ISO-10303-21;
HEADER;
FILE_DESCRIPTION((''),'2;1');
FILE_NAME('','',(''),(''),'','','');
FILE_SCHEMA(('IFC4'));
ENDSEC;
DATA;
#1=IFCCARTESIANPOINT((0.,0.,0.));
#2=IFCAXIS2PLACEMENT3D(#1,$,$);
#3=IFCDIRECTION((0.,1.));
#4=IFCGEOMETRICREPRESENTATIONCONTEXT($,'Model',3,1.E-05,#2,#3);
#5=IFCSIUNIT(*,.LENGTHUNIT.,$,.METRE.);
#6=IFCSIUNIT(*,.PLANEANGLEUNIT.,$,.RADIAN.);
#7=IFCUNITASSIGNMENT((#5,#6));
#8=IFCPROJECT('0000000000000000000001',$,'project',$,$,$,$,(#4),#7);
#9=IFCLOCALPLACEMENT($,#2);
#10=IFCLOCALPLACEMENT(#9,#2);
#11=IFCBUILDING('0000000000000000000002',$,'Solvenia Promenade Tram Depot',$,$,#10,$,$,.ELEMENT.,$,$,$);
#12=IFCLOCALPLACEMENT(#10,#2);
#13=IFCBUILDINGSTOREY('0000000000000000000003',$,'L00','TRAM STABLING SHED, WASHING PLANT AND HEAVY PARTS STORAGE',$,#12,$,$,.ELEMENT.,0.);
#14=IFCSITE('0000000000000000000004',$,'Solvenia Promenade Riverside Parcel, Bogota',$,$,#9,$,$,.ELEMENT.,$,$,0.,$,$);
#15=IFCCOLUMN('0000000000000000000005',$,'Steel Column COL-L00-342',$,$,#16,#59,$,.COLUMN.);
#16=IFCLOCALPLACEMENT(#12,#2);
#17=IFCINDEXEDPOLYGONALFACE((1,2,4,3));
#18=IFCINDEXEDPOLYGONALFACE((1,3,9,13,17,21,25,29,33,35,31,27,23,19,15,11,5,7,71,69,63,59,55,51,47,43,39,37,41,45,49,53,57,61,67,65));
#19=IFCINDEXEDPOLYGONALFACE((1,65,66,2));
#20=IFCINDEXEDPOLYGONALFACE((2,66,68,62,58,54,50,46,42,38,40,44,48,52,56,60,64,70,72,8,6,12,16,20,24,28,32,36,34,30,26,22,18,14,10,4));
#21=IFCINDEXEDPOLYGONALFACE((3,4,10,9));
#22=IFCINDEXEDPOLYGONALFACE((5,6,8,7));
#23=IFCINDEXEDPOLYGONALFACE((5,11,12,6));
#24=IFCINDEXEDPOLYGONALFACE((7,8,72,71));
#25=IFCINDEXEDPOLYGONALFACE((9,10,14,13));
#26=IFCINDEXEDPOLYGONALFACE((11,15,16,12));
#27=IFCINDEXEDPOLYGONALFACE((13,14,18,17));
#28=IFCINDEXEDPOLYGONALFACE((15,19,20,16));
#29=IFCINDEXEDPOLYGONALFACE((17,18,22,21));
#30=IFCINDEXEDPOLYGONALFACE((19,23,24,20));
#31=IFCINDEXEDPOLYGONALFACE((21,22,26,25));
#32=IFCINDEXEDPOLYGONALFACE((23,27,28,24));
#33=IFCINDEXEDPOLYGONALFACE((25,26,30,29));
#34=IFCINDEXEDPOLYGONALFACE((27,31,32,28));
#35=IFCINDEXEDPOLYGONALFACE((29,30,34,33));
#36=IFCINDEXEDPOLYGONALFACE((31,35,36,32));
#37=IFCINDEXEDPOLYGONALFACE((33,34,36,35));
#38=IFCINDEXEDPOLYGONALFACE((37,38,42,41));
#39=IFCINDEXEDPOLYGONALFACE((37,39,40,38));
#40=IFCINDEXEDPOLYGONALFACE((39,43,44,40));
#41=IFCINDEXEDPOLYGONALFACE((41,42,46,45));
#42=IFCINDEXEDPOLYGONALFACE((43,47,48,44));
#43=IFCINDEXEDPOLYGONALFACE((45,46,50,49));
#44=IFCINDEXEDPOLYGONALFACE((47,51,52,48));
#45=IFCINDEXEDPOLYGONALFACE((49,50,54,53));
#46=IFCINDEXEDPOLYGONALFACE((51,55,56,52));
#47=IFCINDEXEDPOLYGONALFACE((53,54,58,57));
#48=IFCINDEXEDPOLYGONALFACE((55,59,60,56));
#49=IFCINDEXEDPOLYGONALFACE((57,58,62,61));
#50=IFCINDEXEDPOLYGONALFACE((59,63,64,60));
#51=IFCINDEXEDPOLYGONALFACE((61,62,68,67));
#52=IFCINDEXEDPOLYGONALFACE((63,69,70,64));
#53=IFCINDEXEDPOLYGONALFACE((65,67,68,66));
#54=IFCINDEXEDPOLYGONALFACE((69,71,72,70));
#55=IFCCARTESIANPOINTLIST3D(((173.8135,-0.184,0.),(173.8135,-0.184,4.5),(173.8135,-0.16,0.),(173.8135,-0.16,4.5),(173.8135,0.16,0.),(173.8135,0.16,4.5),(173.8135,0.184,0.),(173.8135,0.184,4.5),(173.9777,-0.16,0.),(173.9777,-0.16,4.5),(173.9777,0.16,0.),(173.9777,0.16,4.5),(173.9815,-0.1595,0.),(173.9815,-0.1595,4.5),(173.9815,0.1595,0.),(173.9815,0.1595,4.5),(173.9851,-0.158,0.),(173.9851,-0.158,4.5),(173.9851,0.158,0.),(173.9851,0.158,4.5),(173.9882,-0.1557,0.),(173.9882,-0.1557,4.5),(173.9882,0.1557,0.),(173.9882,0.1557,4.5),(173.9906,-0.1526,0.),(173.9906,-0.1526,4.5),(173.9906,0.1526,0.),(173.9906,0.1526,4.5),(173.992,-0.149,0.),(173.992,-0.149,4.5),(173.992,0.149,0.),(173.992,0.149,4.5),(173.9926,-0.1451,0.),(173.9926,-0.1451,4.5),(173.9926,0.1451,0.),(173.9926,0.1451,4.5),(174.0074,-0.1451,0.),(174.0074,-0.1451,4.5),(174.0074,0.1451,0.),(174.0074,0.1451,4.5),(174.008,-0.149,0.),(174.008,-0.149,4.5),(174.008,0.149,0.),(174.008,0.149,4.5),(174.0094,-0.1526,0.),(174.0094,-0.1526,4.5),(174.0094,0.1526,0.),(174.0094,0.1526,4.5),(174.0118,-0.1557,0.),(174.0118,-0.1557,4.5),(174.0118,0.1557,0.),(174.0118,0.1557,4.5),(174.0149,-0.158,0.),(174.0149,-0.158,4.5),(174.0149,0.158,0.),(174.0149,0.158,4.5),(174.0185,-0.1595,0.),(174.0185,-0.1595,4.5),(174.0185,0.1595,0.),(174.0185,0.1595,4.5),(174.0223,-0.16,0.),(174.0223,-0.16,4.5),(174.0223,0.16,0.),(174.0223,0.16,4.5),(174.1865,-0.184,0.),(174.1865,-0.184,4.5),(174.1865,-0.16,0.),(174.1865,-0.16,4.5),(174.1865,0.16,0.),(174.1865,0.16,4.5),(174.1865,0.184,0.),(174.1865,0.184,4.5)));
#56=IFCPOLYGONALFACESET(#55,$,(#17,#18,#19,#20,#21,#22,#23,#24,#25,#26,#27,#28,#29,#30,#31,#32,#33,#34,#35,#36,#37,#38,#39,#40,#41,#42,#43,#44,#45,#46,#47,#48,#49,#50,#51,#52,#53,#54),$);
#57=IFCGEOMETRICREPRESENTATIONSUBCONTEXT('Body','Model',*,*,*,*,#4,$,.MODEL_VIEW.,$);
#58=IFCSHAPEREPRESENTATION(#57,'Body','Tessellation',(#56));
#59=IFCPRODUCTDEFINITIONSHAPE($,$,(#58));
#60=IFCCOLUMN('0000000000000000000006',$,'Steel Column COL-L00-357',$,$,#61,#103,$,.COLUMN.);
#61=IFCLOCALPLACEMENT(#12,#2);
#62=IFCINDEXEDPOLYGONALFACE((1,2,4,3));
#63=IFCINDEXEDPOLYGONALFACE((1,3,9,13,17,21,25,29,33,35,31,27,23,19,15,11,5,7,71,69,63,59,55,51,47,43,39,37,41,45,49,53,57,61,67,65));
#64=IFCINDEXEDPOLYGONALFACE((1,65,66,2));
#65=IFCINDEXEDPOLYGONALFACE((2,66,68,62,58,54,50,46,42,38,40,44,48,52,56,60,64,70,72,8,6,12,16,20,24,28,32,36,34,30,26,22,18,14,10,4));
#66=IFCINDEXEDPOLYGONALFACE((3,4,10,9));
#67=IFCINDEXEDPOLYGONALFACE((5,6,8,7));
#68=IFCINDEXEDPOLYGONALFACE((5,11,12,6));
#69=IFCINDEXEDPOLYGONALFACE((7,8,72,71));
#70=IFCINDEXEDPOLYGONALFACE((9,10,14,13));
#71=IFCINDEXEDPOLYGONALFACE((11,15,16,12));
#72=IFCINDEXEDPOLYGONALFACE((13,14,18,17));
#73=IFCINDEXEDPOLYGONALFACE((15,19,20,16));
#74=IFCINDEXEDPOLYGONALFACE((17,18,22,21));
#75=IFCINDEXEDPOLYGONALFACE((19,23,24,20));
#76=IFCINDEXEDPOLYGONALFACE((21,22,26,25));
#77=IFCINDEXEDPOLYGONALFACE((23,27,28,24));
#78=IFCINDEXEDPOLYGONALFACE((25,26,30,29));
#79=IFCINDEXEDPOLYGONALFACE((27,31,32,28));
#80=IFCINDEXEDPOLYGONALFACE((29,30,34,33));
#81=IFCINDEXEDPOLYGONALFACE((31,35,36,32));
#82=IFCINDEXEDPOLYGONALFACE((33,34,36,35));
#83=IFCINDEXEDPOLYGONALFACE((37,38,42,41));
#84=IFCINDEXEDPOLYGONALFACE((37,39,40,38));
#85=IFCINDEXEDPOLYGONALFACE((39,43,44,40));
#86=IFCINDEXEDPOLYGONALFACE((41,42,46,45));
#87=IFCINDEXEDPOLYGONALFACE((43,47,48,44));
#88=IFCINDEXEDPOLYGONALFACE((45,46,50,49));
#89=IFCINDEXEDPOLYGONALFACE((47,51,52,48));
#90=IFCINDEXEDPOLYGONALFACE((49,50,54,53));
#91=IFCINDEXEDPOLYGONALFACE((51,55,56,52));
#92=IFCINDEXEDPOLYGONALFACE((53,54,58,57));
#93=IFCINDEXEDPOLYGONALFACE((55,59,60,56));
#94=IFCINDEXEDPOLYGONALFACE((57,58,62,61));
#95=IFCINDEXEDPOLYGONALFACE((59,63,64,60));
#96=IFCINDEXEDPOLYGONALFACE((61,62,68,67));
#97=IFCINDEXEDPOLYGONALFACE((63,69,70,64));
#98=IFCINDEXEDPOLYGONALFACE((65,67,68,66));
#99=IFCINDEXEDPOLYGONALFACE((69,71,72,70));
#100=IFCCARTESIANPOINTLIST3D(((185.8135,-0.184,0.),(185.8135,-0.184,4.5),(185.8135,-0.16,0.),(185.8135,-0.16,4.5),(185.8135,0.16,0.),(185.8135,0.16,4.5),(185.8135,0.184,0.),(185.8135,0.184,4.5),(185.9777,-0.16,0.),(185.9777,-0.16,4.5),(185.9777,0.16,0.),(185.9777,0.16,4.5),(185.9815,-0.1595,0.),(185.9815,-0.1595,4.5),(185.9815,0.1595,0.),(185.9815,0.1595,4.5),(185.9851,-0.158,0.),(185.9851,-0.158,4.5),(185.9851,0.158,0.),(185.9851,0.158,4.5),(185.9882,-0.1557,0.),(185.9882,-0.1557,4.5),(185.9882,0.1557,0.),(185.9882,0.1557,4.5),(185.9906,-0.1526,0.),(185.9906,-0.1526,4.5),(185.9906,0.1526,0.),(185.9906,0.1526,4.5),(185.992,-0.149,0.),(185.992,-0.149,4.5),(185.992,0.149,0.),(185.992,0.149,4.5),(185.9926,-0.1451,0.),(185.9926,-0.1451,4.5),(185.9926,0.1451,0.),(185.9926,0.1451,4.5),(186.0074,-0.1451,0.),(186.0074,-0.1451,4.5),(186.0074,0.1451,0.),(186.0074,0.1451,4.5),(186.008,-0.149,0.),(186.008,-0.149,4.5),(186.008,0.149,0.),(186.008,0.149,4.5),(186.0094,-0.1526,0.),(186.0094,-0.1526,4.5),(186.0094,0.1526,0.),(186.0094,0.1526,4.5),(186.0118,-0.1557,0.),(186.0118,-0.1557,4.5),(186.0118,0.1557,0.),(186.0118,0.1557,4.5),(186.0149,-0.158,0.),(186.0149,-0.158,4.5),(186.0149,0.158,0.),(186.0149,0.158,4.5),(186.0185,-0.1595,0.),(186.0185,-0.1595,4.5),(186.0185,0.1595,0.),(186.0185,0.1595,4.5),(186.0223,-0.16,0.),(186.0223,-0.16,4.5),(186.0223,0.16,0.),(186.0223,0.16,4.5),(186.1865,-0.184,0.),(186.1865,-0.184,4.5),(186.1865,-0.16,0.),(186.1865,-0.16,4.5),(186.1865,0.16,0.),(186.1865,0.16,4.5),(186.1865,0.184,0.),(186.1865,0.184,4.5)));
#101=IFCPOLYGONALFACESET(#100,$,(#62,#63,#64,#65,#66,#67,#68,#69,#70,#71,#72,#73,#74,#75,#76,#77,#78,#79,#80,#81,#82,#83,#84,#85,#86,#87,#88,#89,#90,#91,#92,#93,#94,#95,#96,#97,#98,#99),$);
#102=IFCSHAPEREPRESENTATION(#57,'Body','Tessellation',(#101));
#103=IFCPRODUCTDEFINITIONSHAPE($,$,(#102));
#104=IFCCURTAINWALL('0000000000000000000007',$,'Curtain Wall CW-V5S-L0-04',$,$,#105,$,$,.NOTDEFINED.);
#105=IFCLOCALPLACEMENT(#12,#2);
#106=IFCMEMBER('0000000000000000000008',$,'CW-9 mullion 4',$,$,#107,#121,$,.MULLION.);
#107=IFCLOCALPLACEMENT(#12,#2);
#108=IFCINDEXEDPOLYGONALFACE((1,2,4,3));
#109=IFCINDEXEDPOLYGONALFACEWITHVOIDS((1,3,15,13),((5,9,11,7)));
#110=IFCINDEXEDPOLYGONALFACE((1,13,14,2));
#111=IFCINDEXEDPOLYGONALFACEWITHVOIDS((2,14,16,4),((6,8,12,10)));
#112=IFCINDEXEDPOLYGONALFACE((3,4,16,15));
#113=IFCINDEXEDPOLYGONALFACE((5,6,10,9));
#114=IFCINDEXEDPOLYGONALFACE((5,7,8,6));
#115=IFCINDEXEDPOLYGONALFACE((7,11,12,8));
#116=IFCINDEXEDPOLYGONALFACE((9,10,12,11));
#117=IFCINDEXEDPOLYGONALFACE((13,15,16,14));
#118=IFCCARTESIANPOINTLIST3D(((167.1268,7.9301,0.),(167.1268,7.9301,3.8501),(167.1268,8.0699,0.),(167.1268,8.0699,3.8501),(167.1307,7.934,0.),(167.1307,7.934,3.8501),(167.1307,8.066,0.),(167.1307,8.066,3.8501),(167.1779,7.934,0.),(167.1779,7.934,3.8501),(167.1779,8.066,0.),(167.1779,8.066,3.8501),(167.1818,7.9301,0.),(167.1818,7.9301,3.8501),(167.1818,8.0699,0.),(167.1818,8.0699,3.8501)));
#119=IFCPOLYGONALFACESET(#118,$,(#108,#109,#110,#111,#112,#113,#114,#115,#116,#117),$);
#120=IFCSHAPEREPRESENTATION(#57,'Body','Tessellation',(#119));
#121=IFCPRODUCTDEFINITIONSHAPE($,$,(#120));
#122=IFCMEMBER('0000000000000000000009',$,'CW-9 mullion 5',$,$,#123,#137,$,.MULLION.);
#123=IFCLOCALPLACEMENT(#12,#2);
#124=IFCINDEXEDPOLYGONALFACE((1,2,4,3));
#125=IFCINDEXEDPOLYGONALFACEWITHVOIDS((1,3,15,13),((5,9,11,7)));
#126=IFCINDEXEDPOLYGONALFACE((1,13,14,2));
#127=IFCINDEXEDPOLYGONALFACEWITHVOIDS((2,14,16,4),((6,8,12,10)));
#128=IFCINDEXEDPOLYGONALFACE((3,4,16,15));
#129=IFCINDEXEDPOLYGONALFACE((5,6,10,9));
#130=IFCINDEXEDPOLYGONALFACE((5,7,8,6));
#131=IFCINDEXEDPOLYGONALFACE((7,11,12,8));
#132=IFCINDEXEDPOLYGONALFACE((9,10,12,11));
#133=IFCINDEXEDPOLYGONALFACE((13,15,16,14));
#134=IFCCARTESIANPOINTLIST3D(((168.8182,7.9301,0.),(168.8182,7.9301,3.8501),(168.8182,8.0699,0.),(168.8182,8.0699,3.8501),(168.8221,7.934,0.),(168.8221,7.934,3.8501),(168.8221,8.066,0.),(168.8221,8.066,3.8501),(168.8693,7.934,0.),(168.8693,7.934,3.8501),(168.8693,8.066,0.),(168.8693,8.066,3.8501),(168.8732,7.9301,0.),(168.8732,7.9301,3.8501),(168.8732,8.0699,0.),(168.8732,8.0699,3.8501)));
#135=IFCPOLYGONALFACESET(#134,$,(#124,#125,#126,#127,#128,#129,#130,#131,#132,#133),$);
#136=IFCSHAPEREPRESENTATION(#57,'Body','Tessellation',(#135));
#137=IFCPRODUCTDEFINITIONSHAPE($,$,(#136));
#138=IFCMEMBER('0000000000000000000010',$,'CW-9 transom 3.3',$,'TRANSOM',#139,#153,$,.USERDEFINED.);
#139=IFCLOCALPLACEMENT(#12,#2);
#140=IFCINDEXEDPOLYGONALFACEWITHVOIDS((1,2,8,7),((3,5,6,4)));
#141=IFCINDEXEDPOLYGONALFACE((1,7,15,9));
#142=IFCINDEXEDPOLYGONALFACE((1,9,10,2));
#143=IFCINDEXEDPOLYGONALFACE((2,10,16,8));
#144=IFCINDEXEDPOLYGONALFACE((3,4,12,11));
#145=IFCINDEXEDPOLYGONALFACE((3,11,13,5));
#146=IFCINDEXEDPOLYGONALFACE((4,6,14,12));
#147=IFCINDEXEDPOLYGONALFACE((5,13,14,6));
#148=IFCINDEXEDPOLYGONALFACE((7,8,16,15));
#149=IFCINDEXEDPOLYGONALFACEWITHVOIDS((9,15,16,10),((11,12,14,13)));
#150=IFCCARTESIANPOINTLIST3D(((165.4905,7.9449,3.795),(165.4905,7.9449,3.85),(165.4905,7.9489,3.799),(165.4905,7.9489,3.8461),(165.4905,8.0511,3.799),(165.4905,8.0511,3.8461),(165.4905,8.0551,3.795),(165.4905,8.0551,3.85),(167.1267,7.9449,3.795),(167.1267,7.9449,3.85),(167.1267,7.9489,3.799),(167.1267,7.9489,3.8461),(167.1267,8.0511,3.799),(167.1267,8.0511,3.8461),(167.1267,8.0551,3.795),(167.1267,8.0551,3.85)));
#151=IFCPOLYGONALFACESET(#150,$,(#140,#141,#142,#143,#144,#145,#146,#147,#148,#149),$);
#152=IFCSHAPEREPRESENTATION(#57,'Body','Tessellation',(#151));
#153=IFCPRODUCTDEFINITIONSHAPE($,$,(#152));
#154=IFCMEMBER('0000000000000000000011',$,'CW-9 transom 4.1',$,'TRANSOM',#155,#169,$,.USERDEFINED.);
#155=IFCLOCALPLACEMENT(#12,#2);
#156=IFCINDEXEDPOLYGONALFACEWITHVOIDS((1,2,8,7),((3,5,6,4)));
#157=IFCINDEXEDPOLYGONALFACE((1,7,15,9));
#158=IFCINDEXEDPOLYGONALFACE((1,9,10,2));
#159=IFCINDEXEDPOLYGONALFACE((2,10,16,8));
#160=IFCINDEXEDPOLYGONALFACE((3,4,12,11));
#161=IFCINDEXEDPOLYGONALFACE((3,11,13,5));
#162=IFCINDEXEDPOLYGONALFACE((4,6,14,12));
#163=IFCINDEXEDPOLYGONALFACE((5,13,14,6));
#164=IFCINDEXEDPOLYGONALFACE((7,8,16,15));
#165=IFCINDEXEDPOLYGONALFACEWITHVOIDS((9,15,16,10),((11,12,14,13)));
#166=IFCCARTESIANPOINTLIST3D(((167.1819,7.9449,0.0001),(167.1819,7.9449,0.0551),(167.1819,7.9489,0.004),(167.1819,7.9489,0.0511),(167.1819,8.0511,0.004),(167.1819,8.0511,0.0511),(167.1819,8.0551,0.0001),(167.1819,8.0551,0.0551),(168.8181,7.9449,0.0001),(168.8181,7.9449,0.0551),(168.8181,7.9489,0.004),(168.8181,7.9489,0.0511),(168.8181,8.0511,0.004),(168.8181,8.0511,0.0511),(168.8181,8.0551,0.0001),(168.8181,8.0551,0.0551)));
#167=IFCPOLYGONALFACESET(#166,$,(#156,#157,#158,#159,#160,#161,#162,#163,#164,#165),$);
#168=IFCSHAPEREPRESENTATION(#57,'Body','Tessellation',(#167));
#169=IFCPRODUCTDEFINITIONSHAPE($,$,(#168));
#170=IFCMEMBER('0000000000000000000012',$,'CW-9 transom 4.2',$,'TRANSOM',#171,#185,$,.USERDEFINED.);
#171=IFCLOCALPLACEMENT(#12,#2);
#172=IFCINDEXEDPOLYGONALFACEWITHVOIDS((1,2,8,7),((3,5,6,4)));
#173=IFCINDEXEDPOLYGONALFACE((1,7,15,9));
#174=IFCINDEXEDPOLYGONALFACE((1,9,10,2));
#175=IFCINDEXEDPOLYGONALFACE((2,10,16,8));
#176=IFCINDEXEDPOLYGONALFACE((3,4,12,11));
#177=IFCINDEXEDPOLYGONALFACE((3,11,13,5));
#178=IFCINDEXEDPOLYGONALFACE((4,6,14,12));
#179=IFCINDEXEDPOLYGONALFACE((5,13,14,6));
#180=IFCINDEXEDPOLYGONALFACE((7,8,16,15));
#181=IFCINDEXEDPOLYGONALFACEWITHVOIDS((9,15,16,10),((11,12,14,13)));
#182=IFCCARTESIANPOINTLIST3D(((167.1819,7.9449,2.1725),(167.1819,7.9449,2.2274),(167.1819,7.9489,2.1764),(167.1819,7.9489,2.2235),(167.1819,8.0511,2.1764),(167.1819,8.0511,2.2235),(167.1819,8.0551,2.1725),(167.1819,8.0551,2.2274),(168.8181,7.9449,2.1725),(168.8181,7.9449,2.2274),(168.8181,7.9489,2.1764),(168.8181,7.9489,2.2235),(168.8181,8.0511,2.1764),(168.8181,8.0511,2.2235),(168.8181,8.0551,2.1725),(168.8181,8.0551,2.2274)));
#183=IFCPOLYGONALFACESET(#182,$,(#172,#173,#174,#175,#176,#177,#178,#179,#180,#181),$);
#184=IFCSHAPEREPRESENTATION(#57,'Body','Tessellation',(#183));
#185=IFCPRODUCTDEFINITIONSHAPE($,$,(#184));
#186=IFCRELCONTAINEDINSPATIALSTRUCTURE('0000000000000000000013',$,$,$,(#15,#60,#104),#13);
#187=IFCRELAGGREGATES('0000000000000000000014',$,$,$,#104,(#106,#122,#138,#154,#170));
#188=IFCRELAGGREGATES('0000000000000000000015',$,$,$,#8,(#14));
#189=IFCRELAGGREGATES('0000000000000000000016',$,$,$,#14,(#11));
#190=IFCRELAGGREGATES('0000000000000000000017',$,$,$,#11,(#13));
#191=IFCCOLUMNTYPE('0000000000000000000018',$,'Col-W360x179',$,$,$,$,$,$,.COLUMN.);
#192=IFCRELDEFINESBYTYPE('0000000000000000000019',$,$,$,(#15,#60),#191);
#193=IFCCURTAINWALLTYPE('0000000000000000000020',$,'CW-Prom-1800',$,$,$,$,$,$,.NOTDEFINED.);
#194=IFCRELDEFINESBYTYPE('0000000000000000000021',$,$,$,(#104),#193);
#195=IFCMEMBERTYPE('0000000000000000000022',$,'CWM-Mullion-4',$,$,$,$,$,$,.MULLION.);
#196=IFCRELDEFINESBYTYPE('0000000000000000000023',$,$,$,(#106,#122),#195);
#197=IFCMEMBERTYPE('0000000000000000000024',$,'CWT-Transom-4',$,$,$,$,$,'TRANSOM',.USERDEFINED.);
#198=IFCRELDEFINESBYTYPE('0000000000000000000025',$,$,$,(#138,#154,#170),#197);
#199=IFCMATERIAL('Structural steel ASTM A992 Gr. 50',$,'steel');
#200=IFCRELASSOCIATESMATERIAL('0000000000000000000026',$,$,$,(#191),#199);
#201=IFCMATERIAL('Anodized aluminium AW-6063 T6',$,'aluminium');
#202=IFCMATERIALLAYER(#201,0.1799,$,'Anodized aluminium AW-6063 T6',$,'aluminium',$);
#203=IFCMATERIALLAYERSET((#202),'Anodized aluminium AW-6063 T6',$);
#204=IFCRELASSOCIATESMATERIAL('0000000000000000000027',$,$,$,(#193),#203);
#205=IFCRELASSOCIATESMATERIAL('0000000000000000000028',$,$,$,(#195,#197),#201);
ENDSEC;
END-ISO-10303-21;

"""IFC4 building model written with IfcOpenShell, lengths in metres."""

from ifc_helpers import new_model, si_unit, direction, frame, origin, origin_2d, place, context, subcontext, project, spatial, hollow_rectangle, i_section, extrude, material, layer, layer_set, material_profile, profile_set, type_object, element, aggregate, save


model = new_model("IFC4")

# Units and contexts
model_context = context("Model", 3, precision=1e-05, world=origin(), true_north=direction((0.0, 1.0)))
body_context = subcontext(model_context, "Body", "Model", "MODEL_VIEW")
ifc_project = project(units=[si_unit("LENGTHUNIT", "METRE"), si_unit("PLANEANGLEUNIT", "RADIAN")], contexts=[model_context])

# Site, building, storey
site_placement = place(None, origin())
site = spatial("IfcSite", under=ifc_project, at=site_placement, Name="Solvenia Promenade Riverside Parcel, Bogota", CompositionType="ELEMENT", RefElevation=0.0)
building_placement = place(site_placement, origin())
building = spatial("IfcBuilding", under=site, at=building_placement, Name="Solvenia Promenade Tram Depot", CompositionType="ELEMENT")
storey_placement = place(building_placement, origin())
storey = spatial("IfcBuildingStorey", under=building, at=storey_placement, Name="L00", Description="TRAM STABLING SHED, WASHING PLANT AND HEAVY PARTS STORAGE", CompositionType="ELEMENT", Elevation=0.0)

# Columns
ifc_material_1 = material(Name="Structural steel ASTM A992 Gr. 50", Category="steel")
ifc_material_profile_1 = material_profile(ifc_material_1, i_section(OverallWidth=0.373, OverallDepth=0.3679, WebThickness=0.0149, FlangeThickness=0.0239, FilletRadius=0.0149, at=origin_2d()), Name="W360x179", Category="steel")
ifc_profile_set_1 = profile_set([ifc_material_profile_1], Name="Structural steel ASTM A992 Gr. 50")
column_type = type_object("IfcColumnType", Name="Col-W360x179", PredefinedType="COLUMN", material=ifc_profile_set_1)
for number, where, z_axis, x_axis, name in (
    (1, (174.0, 0.0, 0.0), (0.0, 0.0, 1.0), (1.0, 0.0, 0.0), "Steel Column COL-L00-342"),
    (2, (186.0, 0.0, 0.0), (0.0, 0.0, 1.0), (1.0, 0.0, 0.0), "Steel Column COL-L00-357"),
):
    element("IfcColumn", number, at=place(storey_placement, frame(where, z_axis=z_axis, x_axis=x_axis)), inside=storey, type_object=column_type, Name=name, PredefinedType="COLUMN", context=body_context, shape_type="SweptSolid", body=[
        extrude(i_section(OverallWidth=0.373, OverallDepth=0.3679, WebThickness=0.0149, FlangeThickness=0.0239, FilletRadius=0.0149, at=origin_2d()), origin(), (0.0, 0.0, 1.0), 4.5),
    ])

# Curtain wall, members
ifc_material_2 = material(Name="Anodized aluminium AW-6063 T6", Category="aluminium")
ifc_layer_1 = layer(ifc_material_2, 0.1799, Name="Anodized aluminium AW-6063 T6", Category="aluminium")
ifc_layer_set_1 = layer_set([ifc_layer_1], Name="Anodized aluminium AW-6063 T6")
curtain_wall_type = type_object("IfcCurtainWallType", Name="CW-Prom-1800", PredefinedType="NOTDEFINED", material=ifc_layer_set_1)
curtain_wall_placement = place(storey_placement, origin())
curtain_wall = element("IfcCurtainWall", 3, at=curtain_wall_placement, inside=storey, type_object=curtain_wall_type, Name="Curtain Wall CW-V5S-L0-04", PredefinedType="NOTDEFINED")
ifc_material_profile_2 = material_profile(ifc_material_2, hollow_rectangle(XDim=0.1399, YDim=0.0549, WallThickness=0.0039, at=origin_2d()), Name="ALU-M4", Category="aluminium")
ifc_profile_set_2 = profile_set([ifc_material_profile_2], Name="Anodized aluminium AW-6063 T6")
member_type_1 = type_object("IfcMemberType", Name="CWM-Mullion-4", PredefinedType="MULLION", material=ifc_profile_set_2)
member_1_placement = place(storey_placement, frame((167.1543, 8.0, 0.0), z_axis=(0.0, 0.0, 1.0), x_axis=(0.0, 1.0, 0.0)))
member_1 = element("IfcMember", 4, at=member_1_placement, type_object=member_type_1, Name="CW-9 mullion 4", PredefinedType="MULLION", context=body_context, shape_type="SweptSolid", body=[
    extrude(hollow_rectangle(XDim=0.1399, YDim=0.0549, WallThickness=0.0039, at=origin_2d()), origin(), (0.0, 0.0, 1.0), 3.8501),
])
member_2_placement = place(storey_placement, frame((168.8457, 8.0, 0.0), z_axis=(0.0, 0.0, 1.0), x_axis=(0.0, 1.0, 0.0)))
member_2 = element("IfcMember", 5, at=member_2_placement, type_object=member_type_1, Name="CW-9 mullion 5", PredefinedType="MULLION", context=body_context, shape_type="SweptSolid", body=[
    extrude(hollow_rectangle(XDim=0.1399, YDim=0.0549, WallThickness=0.0039, at=origin_2d()), origin(), (0.0, 0.0, 1.0), 3.8501),
])
ifc_material_profile_3 = material_profile(ifc_material_2, hollow_rectangle(XDim=0.1101, YDim=0.0549, WallThickness=0.0039, at=origin_2d()), Name="ALU-T4", Category="aluminium")
ifc_profile_set_3 = profile_set([ifc_material_profile_3], Name="Anodized aluminium AW-6063 T6")
member_type_2 = type_object("IfcMemberType", Name="CWT-Transom-4", ElementType="TRANSOM", PredefinedType="USERDEFINED", material=ifc_profile_set_3)
member_3_placement = place(storey_placement, frame((165.4905, 8.0, 3.8225), z_axis=(1.0, 0.0, 0.0), x_axis=(0.0, 1.0, 0.0)))
member_3 = element("IfcMember", 6, at=member_3_placement, type_object=member_type_2, Name="CW-9 transom 3.3", ObjectType="TRANSOM", PredefinedType="USERDEFINED", context=body_context, shape_type="SweptSolid", body=[
    extrude(hollow_rectangle(XDim=0.1101, YDim=0.0549, WallThickness=0.0039, at=origin_2d()), origin(), (0.0, 0.0, 1.0), 1.6362),
])
member_4_placement = place(storey_placement, frame((167.1819, 8.0, 0.0276), z_axis=(1.0, 0.0, 0.0), x_axis=(0.0, 1.0, 0.0)))
member_4 = element("IfcMember", 7, at=member_4_placement, type_object=member_type_2, Name="CW-9 transom 4.1", ObjectType="TRANSOM", PredefinedType="USERDEFINED", context=body_context, shape_type="SweptSolid", body=[
    extrude(hollow_rectangle(XDim=0.1101, YDim=0.0549, WallThickness=0.0039, at=origin_2d()), origin(), (0.0, 0.0, 1.0), 1.6362),
])
member_5_placement = place(storey_placement, frame((167.1819, 8.0, 2.2), z_axis=(1.0, 0.0, 0.0), x_axis=(0.0, 1.0, 0.0)))
member_5 = element("IfcMember", 8, at=member_5_placement, type_object=member_type_2, Name="CW-9 transom 4.2", ObjectType="TRANSOM", PredefinedType="USERDEFINED", context=body_context, shape_type="SweptSolid", body=[
    extrude(hollow_rectangle(XDim=0.1101, YDim=0.0549, WallThickness=0.0039, at=origin_2d()), origin(), (0.0, 0.0, 1.0), 1.6362),
])
aggregate(curtain_wall, [member_1, member_2, member_3, member_4, member_5])

save(model, "model.ifc")
